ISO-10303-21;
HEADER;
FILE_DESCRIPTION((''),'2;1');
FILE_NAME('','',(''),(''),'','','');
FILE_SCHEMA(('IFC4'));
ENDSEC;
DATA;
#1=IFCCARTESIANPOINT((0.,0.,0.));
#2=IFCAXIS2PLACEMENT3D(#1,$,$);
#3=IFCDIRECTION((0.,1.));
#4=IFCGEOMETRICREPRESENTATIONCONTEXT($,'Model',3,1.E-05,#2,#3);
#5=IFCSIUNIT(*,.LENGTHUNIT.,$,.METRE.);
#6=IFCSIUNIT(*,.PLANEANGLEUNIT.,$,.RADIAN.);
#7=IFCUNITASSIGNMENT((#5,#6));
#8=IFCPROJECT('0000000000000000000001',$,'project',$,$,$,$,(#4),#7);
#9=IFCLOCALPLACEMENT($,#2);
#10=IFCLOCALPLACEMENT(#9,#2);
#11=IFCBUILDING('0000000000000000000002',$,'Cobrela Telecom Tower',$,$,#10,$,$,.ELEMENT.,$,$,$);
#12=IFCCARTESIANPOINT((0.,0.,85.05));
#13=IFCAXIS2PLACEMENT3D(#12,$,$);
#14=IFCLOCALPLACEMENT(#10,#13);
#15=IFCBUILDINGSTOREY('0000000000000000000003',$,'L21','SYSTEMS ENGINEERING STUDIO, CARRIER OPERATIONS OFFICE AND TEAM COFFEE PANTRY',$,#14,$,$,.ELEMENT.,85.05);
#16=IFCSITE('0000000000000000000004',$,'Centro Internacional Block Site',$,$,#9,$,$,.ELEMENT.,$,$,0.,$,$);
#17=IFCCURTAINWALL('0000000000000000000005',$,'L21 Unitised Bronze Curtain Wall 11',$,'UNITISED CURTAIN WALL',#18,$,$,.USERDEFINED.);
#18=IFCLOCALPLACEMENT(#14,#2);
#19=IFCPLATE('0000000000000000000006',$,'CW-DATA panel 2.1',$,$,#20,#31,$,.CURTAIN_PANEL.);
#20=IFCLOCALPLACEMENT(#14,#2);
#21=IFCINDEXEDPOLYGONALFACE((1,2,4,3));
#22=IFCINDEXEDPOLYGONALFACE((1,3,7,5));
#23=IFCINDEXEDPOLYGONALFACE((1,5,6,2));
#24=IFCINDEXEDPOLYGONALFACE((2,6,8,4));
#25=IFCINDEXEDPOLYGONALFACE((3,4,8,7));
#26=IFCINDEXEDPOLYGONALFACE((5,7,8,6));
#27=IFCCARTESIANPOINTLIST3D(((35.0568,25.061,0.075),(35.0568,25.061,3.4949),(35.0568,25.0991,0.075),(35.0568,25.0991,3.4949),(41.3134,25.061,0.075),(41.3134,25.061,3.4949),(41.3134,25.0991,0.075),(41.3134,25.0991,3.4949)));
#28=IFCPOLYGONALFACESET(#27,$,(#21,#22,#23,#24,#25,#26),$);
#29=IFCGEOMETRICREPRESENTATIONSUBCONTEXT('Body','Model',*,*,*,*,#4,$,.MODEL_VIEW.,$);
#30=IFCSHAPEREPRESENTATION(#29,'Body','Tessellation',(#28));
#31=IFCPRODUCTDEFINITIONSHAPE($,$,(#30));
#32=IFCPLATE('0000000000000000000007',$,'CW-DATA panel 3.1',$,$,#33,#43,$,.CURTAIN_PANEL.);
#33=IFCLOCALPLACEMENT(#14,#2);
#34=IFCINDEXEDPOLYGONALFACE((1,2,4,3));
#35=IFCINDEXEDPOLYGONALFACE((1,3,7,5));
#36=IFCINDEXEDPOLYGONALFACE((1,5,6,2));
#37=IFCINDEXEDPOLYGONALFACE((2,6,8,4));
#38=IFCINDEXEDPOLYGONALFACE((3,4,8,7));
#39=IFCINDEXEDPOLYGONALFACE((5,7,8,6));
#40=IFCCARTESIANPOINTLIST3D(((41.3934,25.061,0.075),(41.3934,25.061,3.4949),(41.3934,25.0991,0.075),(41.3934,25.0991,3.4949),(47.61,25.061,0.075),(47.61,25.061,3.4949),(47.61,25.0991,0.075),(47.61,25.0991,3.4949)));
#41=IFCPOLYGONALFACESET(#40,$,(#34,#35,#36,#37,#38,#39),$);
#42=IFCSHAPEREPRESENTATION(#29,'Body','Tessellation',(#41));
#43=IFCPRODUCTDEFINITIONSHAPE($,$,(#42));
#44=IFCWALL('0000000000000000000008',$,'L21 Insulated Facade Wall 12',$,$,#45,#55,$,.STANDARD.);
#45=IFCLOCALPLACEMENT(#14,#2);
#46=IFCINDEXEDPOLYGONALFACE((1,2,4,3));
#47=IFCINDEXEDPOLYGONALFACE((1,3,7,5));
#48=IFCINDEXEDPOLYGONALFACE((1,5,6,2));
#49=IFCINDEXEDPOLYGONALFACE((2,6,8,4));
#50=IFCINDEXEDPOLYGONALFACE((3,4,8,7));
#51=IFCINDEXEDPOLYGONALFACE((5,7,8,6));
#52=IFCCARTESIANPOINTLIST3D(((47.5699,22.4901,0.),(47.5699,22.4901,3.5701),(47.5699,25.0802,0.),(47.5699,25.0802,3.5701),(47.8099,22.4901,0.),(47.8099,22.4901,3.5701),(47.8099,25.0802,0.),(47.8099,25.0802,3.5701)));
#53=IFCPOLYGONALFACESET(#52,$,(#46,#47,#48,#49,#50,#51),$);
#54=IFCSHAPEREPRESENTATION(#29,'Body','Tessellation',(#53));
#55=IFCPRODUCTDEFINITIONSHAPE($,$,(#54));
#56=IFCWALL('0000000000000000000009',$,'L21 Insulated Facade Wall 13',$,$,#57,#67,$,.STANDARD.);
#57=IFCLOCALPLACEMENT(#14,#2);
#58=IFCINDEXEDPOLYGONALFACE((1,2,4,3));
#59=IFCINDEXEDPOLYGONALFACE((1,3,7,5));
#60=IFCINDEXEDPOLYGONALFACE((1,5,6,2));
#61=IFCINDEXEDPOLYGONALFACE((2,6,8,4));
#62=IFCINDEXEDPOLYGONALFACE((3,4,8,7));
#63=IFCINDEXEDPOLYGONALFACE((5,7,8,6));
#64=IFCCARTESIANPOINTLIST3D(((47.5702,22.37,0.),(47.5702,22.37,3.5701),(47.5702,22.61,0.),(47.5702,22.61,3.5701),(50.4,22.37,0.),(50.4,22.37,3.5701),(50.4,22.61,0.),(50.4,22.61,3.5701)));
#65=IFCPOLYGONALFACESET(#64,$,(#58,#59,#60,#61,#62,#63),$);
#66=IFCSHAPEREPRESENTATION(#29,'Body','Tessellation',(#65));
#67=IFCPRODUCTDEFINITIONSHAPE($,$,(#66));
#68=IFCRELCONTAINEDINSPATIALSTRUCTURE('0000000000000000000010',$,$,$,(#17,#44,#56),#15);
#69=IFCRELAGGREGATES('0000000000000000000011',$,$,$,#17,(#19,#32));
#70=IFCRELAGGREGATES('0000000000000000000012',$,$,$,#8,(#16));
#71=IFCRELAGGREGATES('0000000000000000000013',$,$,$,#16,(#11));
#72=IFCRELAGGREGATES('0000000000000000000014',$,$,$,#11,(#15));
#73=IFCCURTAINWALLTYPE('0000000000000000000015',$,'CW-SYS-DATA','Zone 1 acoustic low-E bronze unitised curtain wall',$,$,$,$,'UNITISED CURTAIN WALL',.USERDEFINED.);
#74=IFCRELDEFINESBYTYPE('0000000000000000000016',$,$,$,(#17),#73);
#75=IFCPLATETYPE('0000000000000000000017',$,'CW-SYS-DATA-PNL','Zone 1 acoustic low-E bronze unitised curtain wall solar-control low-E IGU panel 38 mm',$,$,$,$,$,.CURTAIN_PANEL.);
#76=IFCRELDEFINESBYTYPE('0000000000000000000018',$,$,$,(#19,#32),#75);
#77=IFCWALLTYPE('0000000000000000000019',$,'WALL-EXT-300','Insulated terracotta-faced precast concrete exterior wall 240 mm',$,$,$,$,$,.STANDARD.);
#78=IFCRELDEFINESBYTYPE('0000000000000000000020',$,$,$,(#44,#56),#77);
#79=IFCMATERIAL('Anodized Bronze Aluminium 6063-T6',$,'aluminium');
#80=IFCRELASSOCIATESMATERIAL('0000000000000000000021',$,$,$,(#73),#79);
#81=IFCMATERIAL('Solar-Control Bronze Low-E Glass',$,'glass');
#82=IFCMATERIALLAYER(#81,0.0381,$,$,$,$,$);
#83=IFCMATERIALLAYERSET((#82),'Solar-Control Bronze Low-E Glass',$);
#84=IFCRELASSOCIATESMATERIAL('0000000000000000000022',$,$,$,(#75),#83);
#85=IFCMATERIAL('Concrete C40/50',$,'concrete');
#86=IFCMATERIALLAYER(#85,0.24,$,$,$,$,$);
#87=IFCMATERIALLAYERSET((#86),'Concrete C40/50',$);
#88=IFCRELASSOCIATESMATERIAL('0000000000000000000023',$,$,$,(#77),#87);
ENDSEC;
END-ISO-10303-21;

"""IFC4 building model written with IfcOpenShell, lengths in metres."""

from ifc_helpers import new_model, si_unit, direction, frame, frame_2d, origin, origin_2d, place, context, subcontext, project, spatial, rectangle, extrude, material, layer, layer_set, type_object, element, aggregate, save


model = new_model("IFC4")

# Units and contexts
model_context = context("Model", 3, precision=1e-05, world=origin(), true_north=direction((0.0, 1.0)))
body_context = subcontext(model_context, "Body", "Model", "MODEL_VIEW")
ifc_project = project(units=[si_unit("LENGTHUNIT", "METRE"), si_unit("PLANEANGLEUNIT", "RADIAN")], contexts=[model_context])

# Site, building, storey
site_placement = place(None, origin())
site = spatial("IfcSite", under=ifc_project, at=site_placement, Name="Centro Internacional Block Site", CompositionType="ELEMENT", RefElevation=0.0)
building_placement = place(site_placement, origin())
building = spatial("IfcBuilding", under=site, at=building_placement, Name="Cobrela Telecom Tower", CompositionType="ELEMENT")
storey_placement = place(building_placement, frame((0.0, 0.0, 85.05)))
storey = spatial("IfcBuildingStorey", under=building, at=storey_placement, Name="L21", Description="SYSTEMS ENGINEERING STUDIO, CARRIER OPERATIONS OFFICE AND TEAM COFFEE PANTRY", CompositionType="ELEMENT", Elevation=85.05)

# Shared definitions
ifc_material_1 = material(Name="Anodized Bronze Aluminium 6063-T6", Category="aluminium")
curtain_wall_type = type_object("IfcCurtainWallType", Name="CW-SYS-DATA", Description="Zone 1 acoustic low-E bronze unitised curtain wall", ElementType="UNITISED CURTAIN WALL", PredefinedType="USERDEFINED", material=ifc_material_1)

# Curtain wall
curtain_wall_1_placement = place(storey_placement, origin())
curtain_wall_1 = element("IfcCurtainWall", 1, at=curtain_wall_1_placement, inside=storey, type_object=curtain_wall_type, Name="L21 Unitised Bronze Curtain Wall 11", ObjectType="UNITISED CURTAIN WALL", PredefinedType="USERDEFINED")

# Plates
ifc_material_2 = material(Name="Solar-Control Bronze Low-E Glass", Category="glass")
ifc_layer_1 = layer(ifc_material_2, 0.0381)
ifc_layer_set_1 = layer_set([ifc_layer_1], Name="Solar-Control Bronze Low-E Glass")
plate_type = type_object("IfcPlateType", Name="CW-SYS-DATA-PNL", Description="Zone 1 acoustic low-E bronze unitised curtain wall solar-control low-E IGU panel 38 mm", PredefinedType="CURTAIN_PANEL", material=ifc_layer_set_1)
plate_1_placement = place(storey_placement, frame((38.1851, 25.0801, 0.075), z_axis=(0.0, 0.0, 1.0), x_axis=(1.0, 0.0, 0.0)))
plate_1 = element("IfcPlate", 2, at=plate_1_placement, type_object=plate_type, Name="CW-DATA panel 2.1", PredefinedType="CURTAIN_PANEL", context=body_context, shape_type="SweptSolid", body=[
    extrude(rectangle(XDim=6.2566, YDim=0.0381, at=origin_2d()), origin(), (0.0, 0.0, 1.0), 3.4199),
])
plate_2_placement = place(storey_placement, frame((44.5017, 25.0801, 0.075), z_axis=(0.0, 0.0, 1.0), x_axis=(1.0, 0.0, 0.0)))
plate_2 = element("IfcPlate", 3, at=plate_2_placement, type_object=plate_type, Name="CW-DATA panel 3.1", PredefinedType="CURTAIN_PANEL", context=body_context, shape_type="SweptSolid", body=[
    extrude(rectangle(XDim=6.2166, YDim=0.0381, at=origin_2d()), origin(), (0.0, 0.0, 1.0), 3.4199),
])
aggregate(curtain_wall_1, [plate_1, plate_2])

# Walls
ifc_material_3 = material(Name="Concrete C40/50", Category="concrete")
ifc_layer_2 = layer(ifc_material_3, 0.24)
ifc_layer_set_2 = layer_set([ifc_layer_2], Name="Concrete C40/50")
wall_type = type_object("IfcWallType", Name="WALL-EXT-300", Description="Insulated terracotta-faced precast concrete exterior wall 240 mm", PredefinedType="STANDARD", material=ifc_layer_set_2)
wall_1_placement = place(storey_placement, frame((47.6899, 25.0801, 0.0), z_axis=(0.0, 0.0, 1.0), x_axis=(0.0, -1.0, 0.0)))
element("IfcWall", 4, at=wall_1_placement, inside=storey, type_object=wall_type, Name="L21 Insulated Facade Wall 12", PredefinedType="STANDARD", context=body_context, shape_type="SweptSolid", body=[
    extrude(rectangle(XDim=2.5901, YDim=0.24, at=frame_2d((1.2949, 0.0))), origin(), (0.0, 0.0, 1.0), 3.5701),
])
wall_2_placement = place(storey_placement, frame((47.5701, 22.49, 0.0), z_axis=(0.0, 0.0, 1.0), x_axis=(1.0, 0.0, 0.0)))
element("IfcWall", 5, at=wall_2_placement, inside=storey, type_object=wall_type, Name="L21 Insulated Facade Wall 13", PredefinedType="STANDARD", context=body_context, shape_type="SweptSolid", body=[
    extrude(rectangle(XDim=2.8298, YDim=0.24, at=frame_2d((1.415, 0.0))), origin(), (0.0, 0.0, 1.0), 3.5701),
])

save(model, "model.ifc")
